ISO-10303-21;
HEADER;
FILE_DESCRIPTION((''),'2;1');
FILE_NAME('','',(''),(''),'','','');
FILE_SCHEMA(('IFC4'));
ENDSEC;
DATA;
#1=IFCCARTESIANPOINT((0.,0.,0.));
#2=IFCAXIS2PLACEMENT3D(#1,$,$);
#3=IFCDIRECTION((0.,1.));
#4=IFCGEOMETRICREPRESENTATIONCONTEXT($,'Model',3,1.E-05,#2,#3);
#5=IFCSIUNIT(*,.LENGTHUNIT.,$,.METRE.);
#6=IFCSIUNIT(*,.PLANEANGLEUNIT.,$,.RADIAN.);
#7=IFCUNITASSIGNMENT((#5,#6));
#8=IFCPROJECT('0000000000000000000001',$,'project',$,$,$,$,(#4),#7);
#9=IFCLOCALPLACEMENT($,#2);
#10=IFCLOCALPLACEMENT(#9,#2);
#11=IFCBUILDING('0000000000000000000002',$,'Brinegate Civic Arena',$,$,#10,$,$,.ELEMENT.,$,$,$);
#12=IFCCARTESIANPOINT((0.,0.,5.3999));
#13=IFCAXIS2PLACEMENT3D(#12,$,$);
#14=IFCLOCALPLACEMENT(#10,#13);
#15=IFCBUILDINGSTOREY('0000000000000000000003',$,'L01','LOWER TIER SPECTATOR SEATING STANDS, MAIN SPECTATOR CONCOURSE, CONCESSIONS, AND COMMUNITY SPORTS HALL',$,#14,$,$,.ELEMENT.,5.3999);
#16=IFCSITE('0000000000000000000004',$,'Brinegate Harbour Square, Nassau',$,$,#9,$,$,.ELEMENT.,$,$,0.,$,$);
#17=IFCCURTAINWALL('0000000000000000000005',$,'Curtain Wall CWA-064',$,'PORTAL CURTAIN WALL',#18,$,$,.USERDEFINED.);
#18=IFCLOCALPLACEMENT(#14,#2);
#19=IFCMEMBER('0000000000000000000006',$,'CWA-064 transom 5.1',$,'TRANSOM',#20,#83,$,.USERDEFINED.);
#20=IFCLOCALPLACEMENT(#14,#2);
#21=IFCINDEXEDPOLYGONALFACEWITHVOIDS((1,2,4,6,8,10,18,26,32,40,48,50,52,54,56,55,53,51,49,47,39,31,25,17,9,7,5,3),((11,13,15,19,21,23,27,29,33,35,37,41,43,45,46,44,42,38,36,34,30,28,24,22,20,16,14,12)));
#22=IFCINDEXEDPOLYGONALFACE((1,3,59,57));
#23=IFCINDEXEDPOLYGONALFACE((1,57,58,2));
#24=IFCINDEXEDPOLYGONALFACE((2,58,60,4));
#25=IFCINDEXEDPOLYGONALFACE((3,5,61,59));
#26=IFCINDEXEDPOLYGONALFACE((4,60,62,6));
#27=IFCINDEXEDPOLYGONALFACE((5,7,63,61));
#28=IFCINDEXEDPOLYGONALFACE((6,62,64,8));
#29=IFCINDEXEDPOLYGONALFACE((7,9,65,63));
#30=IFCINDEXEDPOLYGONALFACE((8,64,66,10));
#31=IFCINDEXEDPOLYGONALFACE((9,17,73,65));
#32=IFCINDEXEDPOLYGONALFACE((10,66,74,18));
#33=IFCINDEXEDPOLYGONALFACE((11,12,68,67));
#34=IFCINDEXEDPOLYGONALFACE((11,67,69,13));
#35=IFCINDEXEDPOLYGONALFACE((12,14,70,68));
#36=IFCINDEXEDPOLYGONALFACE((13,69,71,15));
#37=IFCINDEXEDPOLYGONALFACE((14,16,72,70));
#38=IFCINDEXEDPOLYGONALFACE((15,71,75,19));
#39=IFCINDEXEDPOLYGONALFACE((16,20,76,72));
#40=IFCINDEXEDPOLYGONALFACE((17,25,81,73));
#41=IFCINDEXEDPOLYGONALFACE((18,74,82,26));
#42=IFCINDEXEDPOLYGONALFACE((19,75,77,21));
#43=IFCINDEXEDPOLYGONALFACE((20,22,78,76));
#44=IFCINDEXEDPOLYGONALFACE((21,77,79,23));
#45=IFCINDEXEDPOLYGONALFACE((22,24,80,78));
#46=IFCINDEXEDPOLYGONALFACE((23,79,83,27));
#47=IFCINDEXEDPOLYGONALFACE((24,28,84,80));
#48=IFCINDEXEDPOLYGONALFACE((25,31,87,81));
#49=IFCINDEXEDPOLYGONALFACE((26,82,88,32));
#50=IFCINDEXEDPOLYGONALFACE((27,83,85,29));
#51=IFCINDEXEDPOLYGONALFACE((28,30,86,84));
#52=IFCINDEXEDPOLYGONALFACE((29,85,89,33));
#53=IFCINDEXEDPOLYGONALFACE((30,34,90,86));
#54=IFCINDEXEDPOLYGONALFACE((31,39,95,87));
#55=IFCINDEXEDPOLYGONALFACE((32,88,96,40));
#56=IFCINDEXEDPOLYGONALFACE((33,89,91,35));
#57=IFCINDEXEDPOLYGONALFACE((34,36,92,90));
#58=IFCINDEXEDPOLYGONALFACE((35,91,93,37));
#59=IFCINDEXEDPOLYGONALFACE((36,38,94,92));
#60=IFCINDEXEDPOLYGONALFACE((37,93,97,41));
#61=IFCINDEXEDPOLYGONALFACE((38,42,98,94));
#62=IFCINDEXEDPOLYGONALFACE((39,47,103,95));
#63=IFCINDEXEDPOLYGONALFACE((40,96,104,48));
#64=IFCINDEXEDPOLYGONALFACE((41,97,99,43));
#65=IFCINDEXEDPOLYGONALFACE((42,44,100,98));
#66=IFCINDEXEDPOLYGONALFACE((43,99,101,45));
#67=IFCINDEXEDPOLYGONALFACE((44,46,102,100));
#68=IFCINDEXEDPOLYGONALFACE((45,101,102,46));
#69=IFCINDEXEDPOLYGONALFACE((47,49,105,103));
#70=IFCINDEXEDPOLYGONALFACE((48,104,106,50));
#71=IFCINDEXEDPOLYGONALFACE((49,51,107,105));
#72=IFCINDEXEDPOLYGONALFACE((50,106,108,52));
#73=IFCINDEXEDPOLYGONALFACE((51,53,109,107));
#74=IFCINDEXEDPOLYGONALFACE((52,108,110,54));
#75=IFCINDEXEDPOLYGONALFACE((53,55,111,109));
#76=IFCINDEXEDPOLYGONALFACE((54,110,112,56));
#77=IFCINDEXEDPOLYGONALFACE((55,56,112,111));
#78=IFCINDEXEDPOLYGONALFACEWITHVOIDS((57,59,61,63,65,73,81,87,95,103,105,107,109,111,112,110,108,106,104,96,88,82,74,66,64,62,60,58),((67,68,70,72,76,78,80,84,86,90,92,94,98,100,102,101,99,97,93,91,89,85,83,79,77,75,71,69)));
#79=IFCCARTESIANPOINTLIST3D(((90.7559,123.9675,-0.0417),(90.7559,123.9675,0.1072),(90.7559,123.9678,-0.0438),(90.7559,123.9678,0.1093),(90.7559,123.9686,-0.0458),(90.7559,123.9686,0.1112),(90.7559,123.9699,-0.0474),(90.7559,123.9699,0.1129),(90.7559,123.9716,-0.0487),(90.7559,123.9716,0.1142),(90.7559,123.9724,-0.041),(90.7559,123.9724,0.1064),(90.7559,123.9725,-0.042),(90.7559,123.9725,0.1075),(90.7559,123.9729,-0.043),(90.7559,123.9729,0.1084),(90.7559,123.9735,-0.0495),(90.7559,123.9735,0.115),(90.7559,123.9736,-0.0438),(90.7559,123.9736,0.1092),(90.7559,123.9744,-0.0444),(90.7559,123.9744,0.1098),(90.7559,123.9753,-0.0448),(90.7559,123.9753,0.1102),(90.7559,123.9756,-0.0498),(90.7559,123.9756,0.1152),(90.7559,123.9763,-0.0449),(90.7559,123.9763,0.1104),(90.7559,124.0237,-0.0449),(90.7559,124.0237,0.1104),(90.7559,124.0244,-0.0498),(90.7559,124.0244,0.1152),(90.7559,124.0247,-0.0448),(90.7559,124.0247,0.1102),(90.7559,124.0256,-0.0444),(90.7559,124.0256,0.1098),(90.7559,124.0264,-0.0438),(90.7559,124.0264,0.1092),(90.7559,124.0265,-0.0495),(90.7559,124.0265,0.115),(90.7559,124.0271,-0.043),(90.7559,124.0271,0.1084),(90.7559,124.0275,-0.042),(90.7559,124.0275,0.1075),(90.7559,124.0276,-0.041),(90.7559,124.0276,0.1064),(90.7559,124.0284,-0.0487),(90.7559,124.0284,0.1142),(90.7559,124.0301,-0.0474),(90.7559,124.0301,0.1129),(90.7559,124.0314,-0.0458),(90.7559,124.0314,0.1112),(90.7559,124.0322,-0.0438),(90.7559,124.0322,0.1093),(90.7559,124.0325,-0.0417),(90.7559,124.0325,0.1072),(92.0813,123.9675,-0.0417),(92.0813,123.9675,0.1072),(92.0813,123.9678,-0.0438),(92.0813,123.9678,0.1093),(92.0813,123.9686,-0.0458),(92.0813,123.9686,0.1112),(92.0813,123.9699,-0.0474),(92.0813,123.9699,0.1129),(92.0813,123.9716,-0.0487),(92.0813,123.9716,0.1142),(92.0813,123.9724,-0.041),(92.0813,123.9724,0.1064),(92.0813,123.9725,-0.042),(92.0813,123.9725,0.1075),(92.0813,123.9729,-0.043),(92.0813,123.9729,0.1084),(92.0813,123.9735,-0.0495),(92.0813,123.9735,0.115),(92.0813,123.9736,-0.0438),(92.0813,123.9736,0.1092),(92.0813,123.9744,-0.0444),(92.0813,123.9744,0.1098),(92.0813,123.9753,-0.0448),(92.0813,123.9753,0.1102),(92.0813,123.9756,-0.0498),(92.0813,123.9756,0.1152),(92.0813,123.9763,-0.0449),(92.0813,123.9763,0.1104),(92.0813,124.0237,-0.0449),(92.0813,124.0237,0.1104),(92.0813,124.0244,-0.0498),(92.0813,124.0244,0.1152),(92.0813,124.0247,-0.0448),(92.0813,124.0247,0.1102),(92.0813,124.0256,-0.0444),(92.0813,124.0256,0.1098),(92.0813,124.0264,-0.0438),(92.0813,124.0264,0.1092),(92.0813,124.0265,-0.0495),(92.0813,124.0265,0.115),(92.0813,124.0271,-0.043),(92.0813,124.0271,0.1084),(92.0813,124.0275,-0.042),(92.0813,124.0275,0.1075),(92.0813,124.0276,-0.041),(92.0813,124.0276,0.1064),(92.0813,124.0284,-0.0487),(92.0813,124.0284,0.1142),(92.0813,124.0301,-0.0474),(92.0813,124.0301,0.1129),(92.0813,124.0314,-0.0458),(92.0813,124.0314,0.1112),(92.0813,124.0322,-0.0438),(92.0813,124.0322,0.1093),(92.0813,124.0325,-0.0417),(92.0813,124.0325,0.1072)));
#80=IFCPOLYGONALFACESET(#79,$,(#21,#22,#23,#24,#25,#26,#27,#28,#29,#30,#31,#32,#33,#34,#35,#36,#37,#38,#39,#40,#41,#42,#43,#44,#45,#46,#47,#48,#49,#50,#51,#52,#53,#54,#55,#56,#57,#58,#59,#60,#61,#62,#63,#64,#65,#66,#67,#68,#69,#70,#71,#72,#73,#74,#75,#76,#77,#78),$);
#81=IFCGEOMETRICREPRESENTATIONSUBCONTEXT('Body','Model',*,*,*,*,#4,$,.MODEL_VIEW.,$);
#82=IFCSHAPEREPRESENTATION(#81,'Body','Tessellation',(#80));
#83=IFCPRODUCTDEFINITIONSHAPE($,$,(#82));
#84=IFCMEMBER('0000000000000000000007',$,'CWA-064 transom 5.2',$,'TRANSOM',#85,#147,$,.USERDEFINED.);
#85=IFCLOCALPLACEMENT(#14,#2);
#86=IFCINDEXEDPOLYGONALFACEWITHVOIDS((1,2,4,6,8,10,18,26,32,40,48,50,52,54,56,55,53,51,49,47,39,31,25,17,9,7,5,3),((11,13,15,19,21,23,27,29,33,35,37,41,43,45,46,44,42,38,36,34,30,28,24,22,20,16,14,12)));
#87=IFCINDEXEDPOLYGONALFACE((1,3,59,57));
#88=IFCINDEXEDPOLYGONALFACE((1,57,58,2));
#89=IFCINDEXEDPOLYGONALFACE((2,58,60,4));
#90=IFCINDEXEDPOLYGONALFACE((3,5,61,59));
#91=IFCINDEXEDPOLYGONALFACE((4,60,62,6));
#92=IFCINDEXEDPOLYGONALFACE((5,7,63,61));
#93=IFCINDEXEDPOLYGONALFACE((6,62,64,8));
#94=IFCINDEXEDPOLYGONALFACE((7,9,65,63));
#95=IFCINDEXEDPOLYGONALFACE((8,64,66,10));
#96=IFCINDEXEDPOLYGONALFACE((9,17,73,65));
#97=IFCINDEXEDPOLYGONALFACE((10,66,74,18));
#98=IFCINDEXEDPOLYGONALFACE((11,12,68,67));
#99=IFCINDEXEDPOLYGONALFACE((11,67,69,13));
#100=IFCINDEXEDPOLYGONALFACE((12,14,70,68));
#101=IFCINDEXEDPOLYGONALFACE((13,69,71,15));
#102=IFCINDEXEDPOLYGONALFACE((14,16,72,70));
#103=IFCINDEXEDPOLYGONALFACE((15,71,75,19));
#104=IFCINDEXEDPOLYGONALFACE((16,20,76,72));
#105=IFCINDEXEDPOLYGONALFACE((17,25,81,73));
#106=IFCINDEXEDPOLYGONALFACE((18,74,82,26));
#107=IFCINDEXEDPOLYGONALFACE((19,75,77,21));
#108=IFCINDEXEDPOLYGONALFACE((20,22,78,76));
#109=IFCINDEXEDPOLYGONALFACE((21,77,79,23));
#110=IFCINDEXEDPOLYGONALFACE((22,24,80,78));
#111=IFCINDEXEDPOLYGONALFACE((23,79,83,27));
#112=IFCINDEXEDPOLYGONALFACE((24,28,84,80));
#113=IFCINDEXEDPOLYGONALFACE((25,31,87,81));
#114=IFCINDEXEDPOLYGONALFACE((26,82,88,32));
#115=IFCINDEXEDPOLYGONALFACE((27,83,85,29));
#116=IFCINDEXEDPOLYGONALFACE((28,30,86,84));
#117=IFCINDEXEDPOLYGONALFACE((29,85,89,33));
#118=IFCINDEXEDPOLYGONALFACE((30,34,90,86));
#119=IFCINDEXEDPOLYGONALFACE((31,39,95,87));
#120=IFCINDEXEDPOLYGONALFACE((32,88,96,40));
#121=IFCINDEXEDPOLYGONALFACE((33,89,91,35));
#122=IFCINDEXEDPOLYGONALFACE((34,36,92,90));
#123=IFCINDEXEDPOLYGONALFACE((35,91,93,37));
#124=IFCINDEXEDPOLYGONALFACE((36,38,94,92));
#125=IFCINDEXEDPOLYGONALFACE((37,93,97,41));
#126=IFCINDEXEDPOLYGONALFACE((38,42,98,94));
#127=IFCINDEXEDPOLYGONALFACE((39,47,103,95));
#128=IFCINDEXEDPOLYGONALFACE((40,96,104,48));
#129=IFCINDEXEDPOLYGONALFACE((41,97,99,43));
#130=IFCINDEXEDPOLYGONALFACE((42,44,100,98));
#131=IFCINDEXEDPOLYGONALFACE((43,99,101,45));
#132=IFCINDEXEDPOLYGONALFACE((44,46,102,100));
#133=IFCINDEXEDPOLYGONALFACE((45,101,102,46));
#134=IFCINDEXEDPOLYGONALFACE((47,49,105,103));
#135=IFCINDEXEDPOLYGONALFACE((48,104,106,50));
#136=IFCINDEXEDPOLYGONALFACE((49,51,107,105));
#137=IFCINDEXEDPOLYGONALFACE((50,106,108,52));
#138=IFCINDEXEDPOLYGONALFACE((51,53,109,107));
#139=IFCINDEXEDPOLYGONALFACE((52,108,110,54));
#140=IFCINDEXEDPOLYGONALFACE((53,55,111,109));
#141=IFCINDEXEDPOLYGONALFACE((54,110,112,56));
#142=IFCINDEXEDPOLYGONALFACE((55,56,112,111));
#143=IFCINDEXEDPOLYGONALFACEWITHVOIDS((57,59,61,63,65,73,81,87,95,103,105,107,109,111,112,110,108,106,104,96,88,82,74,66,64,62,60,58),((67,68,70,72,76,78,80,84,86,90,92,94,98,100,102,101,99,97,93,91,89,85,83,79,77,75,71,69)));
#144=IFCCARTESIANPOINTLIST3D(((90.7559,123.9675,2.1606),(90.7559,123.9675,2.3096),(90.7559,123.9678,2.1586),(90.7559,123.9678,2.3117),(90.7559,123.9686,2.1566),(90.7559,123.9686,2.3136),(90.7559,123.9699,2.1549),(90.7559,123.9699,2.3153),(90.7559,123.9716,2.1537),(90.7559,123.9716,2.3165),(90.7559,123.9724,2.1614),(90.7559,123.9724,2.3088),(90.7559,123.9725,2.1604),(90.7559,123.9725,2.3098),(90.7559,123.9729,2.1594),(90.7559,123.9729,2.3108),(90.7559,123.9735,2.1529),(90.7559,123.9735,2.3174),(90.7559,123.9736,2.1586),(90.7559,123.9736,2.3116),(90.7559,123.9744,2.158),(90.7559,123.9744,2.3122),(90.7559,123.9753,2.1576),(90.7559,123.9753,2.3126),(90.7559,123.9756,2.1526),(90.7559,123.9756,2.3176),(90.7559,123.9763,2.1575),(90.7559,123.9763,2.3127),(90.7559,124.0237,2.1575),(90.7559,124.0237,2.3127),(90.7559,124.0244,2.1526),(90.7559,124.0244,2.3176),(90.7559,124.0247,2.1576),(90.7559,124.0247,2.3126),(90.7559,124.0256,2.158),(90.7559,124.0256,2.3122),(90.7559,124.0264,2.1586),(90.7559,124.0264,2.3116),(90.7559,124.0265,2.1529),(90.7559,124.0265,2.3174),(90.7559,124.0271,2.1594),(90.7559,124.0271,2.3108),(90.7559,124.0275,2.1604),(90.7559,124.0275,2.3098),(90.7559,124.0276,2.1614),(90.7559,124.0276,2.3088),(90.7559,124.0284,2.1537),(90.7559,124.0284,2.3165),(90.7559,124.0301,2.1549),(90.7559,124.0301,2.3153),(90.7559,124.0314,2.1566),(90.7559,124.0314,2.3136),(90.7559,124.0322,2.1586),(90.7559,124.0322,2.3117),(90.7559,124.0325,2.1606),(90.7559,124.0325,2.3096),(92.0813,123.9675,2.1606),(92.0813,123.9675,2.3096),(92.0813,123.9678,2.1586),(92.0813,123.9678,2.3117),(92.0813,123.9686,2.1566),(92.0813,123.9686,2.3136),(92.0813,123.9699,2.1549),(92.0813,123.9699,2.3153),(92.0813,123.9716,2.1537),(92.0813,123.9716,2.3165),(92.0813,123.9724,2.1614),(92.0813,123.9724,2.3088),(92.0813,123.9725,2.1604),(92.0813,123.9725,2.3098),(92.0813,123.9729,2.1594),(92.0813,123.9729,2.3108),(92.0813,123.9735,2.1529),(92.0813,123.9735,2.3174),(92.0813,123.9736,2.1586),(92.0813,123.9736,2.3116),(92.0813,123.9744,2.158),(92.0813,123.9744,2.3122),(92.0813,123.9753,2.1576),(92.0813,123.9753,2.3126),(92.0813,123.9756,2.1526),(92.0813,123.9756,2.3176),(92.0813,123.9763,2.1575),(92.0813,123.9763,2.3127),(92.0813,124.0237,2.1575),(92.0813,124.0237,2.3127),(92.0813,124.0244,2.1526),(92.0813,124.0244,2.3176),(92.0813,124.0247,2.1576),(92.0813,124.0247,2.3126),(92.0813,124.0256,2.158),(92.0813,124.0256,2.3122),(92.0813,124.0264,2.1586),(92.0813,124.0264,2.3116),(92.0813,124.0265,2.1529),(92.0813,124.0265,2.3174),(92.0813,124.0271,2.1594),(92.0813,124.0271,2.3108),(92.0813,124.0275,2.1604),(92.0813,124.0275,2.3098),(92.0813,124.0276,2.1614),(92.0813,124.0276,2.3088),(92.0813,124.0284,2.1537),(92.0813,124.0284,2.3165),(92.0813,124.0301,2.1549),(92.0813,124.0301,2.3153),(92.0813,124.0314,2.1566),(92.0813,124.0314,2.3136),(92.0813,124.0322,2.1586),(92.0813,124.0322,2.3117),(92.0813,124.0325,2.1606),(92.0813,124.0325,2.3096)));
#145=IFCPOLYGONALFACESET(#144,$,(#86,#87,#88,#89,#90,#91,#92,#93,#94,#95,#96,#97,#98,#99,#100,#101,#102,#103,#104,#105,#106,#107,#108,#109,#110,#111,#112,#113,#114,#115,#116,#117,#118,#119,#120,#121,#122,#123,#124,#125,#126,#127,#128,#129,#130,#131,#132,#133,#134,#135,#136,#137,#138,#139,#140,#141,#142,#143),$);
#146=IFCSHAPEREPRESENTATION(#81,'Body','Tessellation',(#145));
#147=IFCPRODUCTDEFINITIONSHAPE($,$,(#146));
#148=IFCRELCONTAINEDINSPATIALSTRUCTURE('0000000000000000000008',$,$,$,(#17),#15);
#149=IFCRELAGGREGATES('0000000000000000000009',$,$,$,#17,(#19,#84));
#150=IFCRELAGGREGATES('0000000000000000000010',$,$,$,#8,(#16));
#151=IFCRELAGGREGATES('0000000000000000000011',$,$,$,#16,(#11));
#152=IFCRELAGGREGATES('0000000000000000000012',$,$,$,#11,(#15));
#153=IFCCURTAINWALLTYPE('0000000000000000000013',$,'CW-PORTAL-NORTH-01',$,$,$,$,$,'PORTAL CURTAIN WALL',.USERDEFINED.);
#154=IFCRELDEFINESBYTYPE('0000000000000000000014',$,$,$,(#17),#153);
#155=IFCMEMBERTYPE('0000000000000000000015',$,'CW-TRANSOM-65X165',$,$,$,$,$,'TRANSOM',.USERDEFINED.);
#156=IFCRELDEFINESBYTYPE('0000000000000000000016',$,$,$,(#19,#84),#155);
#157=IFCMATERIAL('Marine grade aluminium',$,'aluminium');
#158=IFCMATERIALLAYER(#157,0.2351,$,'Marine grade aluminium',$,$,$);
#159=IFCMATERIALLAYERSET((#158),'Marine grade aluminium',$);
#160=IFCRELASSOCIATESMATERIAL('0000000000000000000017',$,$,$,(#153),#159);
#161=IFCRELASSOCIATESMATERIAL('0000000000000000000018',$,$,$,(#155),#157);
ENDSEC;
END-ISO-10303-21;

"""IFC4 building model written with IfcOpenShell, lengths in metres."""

from ifc_helpers import new_model, si_unit, direction, frame, origin, origin_2d, place, context, subcontext, project, spatial, hollow_rectangle, extrude, material, layer, layer_set, material_profile, profile_set, type_object, element, aggregate, save


model = new_model("IFC4")

# Units and contexts
model_context = context("Model", 3, precision=1e-05, world=origin(), true_north=direction((0.0, 1.0)))
body_context = subcontext(model_context, "Body", "Model", "MODEL_VIEW")
ifc_project = project(units=[si_unit("LENGTHUNIT", "METRE"), si_unit("PLANEANGLEUNIT", "RADIAN")], contexts=[model_context])

# Site, building, storey
site_placement = place(None, origin())
site = spatial("IfcSite", under=ifc_project, at=site_placement, Name="Brinegate Harbour Square, Nassau", CompositionType="ELEMENT", RefElevation=0.0)
building_placement = place(site_placement, origin())
building = spatial("IfcBuilding", under=site, at=building_placement, Name="Brinegate Civic Arena", CompositionType="ELEMENT")
storey_placement = place(building_placement, frame((0.0, 0.0, 5.3999)))
storey = spatial("IfcBuildingStorey", under=building, at=storey_placement, Name="L01", Description="LOWER TIER SPECTATOR SEATING STANDS, MAIN SPECTATOR CONCOURSE, CONCESSIONS, AND COMMUNITY SPORTS HALL", CompositionType="ELEMENT", Elevation=5.3999)

# Curtain wall, members
ifc_material_1 = material(Name="Marine grade aluminium", Category="aluminium")
ifc_layer_1 = layer(ifc_material_1, 0.2351, Name="Marine grade aluminium")
ifc_layer_set_1 = layer_set([ifc_layer_1], Name="Marine grade aluminium")
curtain_wall_type = type_object("IfcCurtainWallType", Name="CW-PORTAL-NORTH-01", ElementType="PORTAL CURTAIN WALL", PredefinedType="USERDEFINED", material=ifc_layer_set_1)
curtain_wall_placement = place(storey_placement, origin())
curtain_wall = element("IfcCurtainWall", 1, at=curtain_wall_placement, inside=storey, type_object=curtain_wall_type, Name="Curtain Wall CWA-064", ObjectType="PORTAL CURTAIN WALL", PredefinedType="USERDEFINED")
ifc_material_profile_1 = material_profile(ifc_material_1, hollow_rectangle(XDim=0.0649, YDim=0.165, WallThickness=0.0049, InnerFilletRadius=0.0039, OuterFilletRadius=0.0081, at=origin_2d()), Name="TRN65X165")
ifc_profile_set_1 = profile_set([ifc_material_profile_1], Name="Marine grade aluminium")
member_type_1 = type_object("IfcMemberType", Name="CW-TRANSOM-65X165", ElementType="TRANSOM", PredefinedType="USERDEFINED", material=ifc_profile_set_1)
member_1_placement = place(storey_placement, frame((90.7559, 124.0, 0.0327), z_axis=(1.0, 0.0, 0.0), x_axis=(0.0, 1.0, 0.0)))
member_1 = element("IfcMember", 2, at=member_1_placement, type_object=member_type_1, Name="CWA-064 transom 5.1", ObjectType="TRANSOM", PredefinedType="USERDEFINED", context=body_context, shape_type="SweptSolid", body=[
    extrude(hollow_rectangle(XDim=0.0649, YDim=0.165, WallThickness=0.0049, InnerFilletRadius=0.0039, OuterFilletRadius=0.0081, at=origin_2d()), origin(), (0.0, 0.0, 1.0), 1.3254),
])
member_2_placement = place(storey_placement, frame((90.7559, 124.0, 2.2351), z_axis=(1.0, 0.0, 0.0), x_axis=(0.0, 1.0, 0.0)))
member_2 = element("IfcMember", 3, at=member_2_placement, type_object=member_type_1, Name="CWA-064 transom 5.2", ObjectType="TRANSOM", PredefinedType="USERDEFINED", context=body_context, shape_type="SweptSolid", body=[
    extrude(hollow_rectangle(XDim=0.0649, YDim=0.165, WallThickness=0.0049, InnerFilletRadius=0.0039, OuterFilletRadius=0.0081, at=origin_2d()), origin(), (0.0, 0.0, 1.0), 1.3254),
])

aggregate(curtain_wall, [member_1, member_2])

save(model, "model.ifc")
